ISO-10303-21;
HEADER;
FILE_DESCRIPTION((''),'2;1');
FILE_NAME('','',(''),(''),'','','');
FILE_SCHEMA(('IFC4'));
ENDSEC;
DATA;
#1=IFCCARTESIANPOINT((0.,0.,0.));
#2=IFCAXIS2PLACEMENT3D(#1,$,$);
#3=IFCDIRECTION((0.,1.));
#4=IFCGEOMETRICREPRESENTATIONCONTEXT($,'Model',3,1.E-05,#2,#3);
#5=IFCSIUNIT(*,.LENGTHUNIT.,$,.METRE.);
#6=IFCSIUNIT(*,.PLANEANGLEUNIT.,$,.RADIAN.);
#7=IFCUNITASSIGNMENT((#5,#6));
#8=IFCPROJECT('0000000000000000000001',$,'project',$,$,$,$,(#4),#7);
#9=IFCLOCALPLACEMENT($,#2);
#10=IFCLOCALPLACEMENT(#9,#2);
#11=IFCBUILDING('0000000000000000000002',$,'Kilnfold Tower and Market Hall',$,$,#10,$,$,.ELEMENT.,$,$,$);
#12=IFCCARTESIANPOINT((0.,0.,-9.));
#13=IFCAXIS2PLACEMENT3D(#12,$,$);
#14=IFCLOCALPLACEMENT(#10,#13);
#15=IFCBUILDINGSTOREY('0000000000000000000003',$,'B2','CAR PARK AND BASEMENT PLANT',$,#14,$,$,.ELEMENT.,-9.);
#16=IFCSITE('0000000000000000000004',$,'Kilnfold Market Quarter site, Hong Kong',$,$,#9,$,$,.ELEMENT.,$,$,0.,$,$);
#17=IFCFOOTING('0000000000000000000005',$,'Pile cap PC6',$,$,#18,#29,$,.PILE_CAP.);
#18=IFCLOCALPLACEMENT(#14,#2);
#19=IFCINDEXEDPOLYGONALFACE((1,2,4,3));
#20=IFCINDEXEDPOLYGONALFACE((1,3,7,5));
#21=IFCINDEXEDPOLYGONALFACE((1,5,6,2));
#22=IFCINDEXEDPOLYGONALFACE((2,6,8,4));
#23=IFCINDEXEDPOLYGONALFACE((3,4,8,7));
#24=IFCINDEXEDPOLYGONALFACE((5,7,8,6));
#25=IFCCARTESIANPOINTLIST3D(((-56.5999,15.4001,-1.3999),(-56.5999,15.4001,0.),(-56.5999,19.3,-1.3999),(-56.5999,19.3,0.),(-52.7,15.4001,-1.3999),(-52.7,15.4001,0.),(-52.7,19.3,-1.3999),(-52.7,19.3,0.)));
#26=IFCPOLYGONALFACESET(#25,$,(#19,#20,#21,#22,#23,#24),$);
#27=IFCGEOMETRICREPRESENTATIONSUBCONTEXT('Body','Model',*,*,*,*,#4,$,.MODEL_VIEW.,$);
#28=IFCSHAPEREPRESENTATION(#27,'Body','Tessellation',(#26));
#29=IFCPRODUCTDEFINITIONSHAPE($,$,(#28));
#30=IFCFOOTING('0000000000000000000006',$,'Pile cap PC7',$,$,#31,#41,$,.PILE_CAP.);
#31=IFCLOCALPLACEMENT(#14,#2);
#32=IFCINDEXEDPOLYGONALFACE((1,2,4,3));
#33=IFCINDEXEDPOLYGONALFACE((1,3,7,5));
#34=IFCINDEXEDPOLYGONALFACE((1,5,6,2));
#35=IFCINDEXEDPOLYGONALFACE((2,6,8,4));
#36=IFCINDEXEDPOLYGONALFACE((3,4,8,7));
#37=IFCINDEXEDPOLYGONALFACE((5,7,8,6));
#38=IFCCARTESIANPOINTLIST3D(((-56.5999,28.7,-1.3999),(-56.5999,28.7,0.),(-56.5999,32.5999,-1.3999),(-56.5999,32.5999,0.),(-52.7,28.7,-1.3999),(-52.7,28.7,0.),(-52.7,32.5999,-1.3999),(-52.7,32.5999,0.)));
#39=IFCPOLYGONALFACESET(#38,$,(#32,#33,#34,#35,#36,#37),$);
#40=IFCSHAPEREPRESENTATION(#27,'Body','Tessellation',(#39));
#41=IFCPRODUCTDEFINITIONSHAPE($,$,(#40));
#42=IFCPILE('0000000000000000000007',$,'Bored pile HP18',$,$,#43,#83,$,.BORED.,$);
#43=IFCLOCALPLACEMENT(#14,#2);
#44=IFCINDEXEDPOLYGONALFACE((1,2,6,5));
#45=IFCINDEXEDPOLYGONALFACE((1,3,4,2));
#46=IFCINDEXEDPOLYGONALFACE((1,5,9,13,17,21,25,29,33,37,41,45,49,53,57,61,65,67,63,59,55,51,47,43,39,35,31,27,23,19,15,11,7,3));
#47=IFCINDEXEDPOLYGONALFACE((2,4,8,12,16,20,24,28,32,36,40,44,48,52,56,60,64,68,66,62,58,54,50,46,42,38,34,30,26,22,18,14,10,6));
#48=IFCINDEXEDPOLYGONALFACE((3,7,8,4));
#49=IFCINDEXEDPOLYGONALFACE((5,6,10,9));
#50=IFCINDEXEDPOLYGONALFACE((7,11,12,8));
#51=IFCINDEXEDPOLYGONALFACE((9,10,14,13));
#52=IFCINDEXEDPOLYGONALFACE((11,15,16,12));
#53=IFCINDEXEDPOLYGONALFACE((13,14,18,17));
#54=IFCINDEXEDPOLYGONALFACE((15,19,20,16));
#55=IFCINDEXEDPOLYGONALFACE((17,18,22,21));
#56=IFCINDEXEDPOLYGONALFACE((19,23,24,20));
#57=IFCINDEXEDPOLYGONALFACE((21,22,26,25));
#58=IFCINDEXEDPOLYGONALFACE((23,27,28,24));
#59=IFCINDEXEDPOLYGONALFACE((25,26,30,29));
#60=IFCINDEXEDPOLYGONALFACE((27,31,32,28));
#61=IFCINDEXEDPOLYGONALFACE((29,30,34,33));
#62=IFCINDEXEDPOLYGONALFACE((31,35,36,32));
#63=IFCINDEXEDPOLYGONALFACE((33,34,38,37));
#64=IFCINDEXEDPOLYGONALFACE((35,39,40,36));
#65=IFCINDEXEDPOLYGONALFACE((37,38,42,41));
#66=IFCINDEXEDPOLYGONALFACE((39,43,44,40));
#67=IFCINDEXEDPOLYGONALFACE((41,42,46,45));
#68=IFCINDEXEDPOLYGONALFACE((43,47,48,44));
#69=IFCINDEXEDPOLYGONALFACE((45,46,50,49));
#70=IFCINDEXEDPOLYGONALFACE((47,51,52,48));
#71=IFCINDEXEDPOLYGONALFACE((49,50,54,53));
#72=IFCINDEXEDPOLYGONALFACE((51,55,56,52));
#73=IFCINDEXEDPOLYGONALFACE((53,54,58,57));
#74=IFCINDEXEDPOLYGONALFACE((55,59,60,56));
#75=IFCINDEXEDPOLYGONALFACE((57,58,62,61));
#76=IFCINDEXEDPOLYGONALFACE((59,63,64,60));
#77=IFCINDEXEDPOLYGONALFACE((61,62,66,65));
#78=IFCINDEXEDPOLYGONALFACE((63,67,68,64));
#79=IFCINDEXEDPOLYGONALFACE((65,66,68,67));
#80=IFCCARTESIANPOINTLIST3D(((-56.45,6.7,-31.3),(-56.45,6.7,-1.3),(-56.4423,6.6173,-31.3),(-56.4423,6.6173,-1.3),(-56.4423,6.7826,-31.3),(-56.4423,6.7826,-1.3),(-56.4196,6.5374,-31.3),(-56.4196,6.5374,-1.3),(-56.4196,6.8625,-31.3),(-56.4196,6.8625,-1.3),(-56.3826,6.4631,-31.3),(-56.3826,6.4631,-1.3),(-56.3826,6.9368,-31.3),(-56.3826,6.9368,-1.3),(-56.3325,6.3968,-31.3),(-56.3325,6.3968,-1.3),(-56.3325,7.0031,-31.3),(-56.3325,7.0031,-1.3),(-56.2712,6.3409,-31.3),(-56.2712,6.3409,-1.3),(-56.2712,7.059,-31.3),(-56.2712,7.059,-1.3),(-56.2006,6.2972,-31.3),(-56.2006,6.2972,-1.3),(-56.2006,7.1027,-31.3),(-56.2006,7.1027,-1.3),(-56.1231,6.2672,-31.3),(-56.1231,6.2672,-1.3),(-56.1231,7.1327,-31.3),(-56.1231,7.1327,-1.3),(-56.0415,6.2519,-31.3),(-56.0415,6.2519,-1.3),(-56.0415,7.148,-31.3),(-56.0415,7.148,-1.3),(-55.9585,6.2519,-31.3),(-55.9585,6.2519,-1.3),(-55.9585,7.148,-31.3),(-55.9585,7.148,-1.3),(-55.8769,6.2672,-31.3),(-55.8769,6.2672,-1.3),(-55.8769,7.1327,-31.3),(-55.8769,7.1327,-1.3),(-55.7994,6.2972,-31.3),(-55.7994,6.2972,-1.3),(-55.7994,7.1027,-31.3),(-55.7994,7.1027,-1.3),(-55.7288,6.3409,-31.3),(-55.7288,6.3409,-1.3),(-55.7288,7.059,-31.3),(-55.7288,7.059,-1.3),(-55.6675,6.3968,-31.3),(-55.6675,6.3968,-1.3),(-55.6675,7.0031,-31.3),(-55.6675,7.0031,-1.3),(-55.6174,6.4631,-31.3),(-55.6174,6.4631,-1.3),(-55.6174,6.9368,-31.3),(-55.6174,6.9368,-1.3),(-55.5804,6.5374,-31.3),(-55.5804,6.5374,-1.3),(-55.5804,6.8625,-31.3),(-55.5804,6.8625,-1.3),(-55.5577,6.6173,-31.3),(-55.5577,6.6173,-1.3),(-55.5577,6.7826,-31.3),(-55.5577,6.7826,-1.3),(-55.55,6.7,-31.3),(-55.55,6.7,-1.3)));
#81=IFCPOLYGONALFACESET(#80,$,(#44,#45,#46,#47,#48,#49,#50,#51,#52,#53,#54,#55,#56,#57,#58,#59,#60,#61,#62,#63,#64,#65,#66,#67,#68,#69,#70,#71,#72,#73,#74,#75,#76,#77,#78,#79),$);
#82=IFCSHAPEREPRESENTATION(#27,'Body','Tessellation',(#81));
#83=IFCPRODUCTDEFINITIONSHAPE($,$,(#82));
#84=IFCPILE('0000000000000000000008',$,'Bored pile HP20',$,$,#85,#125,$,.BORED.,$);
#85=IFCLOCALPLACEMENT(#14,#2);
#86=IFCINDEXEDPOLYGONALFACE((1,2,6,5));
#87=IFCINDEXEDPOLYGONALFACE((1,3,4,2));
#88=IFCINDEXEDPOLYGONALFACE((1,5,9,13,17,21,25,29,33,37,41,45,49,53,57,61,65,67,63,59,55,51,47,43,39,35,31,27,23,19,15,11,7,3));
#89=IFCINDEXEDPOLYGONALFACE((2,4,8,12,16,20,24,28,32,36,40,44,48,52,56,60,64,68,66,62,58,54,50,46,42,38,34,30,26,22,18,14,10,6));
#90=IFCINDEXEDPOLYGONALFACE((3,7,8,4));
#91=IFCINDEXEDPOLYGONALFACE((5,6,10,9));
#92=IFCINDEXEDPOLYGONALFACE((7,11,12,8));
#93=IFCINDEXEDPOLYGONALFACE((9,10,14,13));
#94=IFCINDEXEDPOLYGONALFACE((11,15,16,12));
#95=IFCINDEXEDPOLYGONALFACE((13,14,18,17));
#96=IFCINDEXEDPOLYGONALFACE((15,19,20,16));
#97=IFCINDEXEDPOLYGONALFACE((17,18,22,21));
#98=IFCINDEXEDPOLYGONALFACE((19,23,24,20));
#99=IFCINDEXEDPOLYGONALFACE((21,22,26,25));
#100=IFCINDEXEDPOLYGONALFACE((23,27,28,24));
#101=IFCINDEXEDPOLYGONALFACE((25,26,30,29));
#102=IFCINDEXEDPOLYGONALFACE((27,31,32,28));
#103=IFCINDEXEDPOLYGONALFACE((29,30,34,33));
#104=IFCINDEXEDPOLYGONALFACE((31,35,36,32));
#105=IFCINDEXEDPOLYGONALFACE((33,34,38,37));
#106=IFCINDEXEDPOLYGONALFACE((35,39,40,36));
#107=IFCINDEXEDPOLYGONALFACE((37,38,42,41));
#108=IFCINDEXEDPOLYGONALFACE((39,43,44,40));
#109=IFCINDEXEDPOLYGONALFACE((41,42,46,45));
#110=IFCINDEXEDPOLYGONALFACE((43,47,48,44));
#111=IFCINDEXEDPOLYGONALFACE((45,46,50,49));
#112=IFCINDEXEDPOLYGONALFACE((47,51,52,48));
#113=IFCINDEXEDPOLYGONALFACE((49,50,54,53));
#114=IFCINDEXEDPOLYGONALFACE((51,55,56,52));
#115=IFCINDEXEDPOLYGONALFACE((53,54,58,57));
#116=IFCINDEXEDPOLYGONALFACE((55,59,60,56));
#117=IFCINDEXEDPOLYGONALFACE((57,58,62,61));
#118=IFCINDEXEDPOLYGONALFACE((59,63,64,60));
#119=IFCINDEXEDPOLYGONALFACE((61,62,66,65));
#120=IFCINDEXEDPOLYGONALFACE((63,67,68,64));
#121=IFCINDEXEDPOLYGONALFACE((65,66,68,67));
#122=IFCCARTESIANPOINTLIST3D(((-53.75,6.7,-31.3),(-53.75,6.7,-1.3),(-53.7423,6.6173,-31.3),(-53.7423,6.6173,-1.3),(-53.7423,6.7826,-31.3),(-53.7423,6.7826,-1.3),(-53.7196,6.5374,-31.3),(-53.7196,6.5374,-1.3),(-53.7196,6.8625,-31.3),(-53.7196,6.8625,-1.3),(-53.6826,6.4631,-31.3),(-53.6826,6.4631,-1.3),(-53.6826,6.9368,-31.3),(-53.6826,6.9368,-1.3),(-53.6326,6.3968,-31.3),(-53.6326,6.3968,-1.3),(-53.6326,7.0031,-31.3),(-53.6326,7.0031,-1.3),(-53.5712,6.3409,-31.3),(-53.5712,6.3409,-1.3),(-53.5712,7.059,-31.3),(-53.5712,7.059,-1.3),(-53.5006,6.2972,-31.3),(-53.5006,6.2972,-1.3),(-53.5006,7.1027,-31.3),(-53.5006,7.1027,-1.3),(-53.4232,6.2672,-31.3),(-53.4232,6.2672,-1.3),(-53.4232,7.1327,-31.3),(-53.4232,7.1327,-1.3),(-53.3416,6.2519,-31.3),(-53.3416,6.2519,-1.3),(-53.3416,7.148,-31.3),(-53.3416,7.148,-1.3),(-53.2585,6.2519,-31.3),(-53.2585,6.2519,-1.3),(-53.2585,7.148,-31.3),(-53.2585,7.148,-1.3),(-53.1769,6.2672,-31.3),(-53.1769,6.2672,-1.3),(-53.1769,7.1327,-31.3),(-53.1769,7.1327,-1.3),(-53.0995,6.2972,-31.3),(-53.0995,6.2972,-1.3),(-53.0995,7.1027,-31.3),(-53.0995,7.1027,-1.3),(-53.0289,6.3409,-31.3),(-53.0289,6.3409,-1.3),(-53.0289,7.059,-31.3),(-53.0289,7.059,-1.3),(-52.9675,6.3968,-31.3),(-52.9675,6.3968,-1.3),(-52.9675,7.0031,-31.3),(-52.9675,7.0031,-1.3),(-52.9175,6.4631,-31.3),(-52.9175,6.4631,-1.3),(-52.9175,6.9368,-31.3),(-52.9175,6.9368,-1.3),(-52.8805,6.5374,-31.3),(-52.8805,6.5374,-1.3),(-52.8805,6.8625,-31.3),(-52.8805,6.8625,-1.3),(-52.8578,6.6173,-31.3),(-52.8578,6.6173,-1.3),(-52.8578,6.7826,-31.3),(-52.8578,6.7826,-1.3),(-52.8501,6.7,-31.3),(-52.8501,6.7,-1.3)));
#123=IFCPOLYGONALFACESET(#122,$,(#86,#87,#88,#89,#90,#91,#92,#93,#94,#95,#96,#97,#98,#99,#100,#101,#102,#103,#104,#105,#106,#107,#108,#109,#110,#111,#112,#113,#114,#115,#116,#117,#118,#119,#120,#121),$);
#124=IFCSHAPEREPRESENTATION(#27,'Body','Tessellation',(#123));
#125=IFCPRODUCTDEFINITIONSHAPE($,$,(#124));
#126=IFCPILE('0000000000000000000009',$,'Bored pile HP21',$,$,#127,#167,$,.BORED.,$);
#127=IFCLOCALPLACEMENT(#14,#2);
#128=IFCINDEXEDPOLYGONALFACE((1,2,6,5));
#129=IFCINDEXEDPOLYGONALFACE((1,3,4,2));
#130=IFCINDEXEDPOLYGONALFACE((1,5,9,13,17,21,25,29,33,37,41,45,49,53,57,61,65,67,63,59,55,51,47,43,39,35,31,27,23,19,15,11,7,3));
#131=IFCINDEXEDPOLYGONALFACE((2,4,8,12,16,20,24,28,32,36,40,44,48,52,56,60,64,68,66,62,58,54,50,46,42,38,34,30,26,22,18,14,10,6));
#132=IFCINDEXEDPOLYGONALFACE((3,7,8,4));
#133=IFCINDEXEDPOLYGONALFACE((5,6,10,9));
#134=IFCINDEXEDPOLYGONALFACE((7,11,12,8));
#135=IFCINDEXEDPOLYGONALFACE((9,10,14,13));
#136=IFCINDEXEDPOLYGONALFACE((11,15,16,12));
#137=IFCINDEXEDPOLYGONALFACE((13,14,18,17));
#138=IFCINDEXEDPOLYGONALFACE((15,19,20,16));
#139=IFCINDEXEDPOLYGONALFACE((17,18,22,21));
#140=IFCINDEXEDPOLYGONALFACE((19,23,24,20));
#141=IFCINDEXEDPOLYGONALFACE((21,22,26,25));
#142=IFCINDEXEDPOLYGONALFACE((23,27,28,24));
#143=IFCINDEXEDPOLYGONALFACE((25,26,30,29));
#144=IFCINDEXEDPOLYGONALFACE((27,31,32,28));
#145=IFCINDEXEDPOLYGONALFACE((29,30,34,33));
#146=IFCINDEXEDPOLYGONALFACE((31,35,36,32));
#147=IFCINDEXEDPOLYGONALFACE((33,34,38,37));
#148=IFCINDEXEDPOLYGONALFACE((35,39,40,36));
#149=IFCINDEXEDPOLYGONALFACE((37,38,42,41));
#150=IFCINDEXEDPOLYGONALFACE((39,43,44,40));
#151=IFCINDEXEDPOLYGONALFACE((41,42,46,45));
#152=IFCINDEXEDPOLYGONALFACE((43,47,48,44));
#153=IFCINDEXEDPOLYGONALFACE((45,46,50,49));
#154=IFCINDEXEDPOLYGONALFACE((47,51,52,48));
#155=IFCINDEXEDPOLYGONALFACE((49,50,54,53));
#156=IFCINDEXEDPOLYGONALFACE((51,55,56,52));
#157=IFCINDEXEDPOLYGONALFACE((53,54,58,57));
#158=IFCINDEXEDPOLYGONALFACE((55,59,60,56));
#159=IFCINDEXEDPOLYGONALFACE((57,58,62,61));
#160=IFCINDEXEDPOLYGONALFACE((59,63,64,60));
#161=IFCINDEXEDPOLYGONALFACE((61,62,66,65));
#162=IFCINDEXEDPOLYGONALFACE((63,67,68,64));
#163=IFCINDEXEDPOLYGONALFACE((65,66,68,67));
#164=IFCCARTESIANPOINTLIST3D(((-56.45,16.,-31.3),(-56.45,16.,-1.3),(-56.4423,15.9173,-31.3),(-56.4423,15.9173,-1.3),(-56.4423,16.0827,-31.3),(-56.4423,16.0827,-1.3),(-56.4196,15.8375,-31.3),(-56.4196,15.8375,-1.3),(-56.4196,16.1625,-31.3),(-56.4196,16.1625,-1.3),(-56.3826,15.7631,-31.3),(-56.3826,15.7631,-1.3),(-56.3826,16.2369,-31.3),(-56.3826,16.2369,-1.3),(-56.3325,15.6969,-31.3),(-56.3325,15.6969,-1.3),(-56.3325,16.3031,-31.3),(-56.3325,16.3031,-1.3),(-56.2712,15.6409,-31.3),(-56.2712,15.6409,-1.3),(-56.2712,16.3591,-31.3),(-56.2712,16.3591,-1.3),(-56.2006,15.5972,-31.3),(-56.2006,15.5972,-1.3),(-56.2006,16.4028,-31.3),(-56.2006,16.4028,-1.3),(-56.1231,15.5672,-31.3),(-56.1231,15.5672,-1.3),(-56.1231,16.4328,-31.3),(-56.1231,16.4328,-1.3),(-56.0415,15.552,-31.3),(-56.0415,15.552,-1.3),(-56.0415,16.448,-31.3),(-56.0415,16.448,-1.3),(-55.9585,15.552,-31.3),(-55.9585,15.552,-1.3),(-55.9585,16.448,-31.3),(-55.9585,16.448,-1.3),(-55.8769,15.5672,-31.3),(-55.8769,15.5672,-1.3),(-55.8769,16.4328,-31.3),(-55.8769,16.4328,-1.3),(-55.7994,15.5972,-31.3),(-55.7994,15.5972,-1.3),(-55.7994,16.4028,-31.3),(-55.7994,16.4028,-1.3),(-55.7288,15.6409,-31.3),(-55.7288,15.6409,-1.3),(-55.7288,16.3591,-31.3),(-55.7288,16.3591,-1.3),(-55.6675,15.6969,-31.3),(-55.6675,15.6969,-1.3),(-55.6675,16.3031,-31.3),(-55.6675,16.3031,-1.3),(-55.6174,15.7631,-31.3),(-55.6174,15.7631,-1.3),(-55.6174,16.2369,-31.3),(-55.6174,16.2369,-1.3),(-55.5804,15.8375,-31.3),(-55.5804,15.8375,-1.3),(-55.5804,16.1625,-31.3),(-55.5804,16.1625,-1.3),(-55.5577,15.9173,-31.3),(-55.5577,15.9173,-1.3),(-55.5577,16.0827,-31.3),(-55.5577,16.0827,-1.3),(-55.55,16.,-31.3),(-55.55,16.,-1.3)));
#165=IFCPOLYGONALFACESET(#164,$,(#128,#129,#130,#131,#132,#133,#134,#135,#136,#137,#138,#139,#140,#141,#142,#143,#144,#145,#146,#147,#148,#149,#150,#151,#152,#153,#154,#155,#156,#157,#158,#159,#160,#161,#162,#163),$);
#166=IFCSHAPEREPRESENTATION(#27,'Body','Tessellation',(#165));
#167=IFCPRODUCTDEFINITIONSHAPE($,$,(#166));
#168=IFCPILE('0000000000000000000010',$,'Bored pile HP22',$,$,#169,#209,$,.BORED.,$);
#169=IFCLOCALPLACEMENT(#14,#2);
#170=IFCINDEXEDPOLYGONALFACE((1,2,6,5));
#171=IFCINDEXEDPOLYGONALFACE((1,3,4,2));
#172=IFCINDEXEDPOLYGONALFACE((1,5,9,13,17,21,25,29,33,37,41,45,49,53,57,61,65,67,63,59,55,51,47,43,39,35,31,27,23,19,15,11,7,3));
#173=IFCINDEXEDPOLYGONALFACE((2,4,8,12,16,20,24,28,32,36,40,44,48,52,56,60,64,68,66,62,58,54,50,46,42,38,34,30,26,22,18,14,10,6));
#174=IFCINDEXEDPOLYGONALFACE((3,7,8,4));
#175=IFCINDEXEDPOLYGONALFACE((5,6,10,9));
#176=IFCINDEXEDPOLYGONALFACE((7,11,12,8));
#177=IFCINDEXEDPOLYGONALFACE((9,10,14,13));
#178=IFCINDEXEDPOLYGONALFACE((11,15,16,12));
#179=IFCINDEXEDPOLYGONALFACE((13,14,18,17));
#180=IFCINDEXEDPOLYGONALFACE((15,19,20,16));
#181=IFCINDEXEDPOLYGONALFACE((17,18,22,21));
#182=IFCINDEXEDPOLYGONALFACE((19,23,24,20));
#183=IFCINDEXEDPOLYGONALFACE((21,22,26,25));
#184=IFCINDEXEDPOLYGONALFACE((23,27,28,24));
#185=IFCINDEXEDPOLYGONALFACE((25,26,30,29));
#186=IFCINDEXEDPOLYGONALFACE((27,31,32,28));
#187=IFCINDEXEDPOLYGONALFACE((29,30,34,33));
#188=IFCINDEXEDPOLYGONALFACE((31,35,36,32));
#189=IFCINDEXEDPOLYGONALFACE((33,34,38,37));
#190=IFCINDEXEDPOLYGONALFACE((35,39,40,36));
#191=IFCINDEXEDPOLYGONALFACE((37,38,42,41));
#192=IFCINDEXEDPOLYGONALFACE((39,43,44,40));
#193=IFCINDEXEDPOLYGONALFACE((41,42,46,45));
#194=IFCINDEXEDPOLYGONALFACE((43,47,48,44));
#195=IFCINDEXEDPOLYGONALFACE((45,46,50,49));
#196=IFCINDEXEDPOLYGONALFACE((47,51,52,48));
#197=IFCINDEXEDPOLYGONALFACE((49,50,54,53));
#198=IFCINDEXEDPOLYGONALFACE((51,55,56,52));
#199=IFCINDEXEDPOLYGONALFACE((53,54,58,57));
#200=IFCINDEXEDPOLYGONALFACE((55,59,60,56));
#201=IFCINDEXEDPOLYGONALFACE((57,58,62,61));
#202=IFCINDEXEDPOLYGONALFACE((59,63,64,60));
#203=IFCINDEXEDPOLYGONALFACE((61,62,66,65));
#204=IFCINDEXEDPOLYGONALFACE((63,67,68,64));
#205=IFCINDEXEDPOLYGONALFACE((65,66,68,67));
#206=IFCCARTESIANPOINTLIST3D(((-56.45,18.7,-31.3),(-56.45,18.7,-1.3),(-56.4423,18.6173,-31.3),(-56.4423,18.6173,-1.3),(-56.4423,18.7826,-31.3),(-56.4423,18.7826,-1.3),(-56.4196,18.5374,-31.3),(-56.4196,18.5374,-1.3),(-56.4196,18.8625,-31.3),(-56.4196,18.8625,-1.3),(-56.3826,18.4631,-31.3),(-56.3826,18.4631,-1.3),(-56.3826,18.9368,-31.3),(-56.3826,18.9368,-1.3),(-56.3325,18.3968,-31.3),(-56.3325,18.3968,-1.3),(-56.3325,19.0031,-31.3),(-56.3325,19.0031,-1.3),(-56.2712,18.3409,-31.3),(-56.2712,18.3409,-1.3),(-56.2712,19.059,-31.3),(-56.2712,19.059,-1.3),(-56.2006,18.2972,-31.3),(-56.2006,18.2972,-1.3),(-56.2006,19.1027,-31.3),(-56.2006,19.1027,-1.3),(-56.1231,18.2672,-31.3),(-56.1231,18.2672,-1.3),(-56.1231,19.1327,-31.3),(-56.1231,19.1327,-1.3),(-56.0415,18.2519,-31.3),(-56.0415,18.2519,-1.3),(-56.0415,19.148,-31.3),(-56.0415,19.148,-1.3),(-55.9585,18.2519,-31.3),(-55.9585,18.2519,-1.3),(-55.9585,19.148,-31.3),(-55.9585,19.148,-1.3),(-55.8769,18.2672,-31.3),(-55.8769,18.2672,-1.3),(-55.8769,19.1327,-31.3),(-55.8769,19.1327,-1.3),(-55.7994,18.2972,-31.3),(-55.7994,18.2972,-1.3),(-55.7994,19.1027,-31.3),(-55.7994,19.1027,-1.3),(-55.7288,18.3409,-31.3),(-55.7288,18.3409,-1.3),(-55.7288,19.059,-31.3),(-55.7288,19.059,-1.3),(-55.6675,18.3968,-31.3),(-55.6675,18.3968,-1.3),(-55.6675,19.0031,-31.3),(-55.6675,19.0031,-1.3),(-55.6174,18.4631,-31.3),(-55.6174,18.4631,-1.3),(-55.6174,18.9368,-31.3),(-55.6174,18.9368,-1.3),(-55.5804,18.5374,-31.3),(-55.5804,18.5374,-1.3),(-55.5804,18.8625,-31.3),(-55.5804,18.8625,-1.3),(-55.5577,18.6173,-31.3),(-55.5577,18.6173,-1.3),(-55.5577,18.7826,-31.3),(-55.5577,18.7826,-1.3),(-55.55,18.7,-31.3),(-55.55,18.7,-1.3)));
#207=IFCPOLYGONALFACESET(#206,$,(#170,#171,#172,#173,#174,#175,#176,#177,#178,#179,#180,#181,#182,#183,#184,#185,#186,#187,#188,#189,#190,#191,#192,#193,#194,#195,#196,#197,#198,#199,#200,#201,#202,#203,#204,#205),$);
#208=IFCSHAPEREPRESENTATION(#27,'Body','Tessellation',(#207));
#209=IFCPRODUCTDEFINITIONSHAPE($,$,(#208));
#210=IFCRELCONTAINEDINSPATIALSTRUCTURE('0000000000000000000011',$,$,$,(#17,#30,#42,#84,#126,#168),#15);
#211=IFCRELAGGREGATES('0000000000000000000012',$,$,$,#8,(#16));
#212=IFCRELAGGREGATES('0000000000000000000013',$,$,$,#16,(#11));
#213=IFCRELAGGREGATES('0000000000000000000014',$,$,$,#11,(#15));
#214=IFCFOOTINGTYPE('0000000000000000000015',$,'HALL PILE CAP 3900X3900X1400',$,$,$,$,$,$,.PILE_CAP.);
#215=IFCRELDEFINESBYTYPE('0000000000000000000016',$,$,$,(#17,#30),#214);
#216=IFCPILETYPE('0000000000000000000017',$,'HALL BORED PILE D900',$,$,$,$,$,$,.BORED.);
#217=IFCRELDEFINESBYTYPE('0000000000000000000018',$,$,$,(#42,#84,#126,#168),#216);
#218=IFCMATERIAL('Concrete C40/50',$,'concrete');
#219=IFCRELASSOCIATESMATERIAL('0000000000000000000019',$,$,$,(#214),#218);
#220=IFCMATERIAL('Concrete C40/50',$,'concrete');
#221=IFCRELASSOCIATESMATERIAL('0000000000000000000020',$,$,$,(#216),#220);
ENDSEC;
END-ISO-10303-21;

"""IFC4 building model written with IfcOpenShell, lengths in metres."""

from ifc_helpers import new_model, si_unit, direction, frame, origin, origin_2d, place, context, subcontext, project, spatial, rectangle, circle, extrude, source, transform, mapped, material, material_profile, profile_set, type_object, element, save


model = new_model("IFC4")

# Units and contexts
model_context = context("Model", 3, precision=1e-05, world=origin(), true_north=direction((0.0, 1.0)))
body_context = subcontext(model_context, "Body", "Model", "MODEL_VIEW")
ifc_project = project(units=[si_unit("LENGTHUNIT", "METRE"), si_unit("PLANEANGLEUNIT", "RADIAN")], contexts=[model_context])

# Site, building, storey
site_placement = place(None, origin())
site = spatial("IfcSite", under=ifc_project, at=site_placement, Name="Kilnfold Market Quarter site, Hong Kong", CompositionType="ELEMENT", RefElevation=0.0)
building_placement = place(site_placement, origin())
building = spatial("IfcBuilding", under=site, at=building_placement, Name="Kilnfold Tower and Market Hall", CompositionType="ELEMENT")
storey_placement = place(building_placement, frame((0.0, 0.0, -9.0)))
storey = spatial("IfcBuildingStorey", under=building, at=storey_placement, Name="B2", Description="CAR PARK AND BASEMENT PLANT", CompositionType="ELEMENT", Elevation=-9.0)

# Footings
ifc_material_1 = material(Name="Concrete C40/50", Category="concrete")
footing_type = type_object("IfcFootingType", Name="HALL PILE CAP 3900X3900X1400", PredefinedType="PILE_CAP", material=ifc_material_1)
shared_shape_1 = source(origin(), body_context, "Body", "SweptSolid", [
    extrude(rectangle(XDim=3.8999, YDim=3.8999, at=origin_2d()), origin(), (0.0, 0.0, 1.0), 1.3999),
])
for number, where, z_axis, x_axis, name in (
    (1, (-54.6499, 17.3501, -1.3999), (0.0, 0.0, 1.0), (1.0, 0.0, 0.0), "Pile cap PC6"),
    (2, (-54.6499, 30.6499, -1.3999), (0.0, 0.0, 1.0), (1.0, 0.0, 0.0), "Pile cap PC7"),
):
    element("IfcFooting", number, at=place(storey_placement, frame(where, z_axis=z_axis, x_axis=x_axis)), inside=storey, type_object=footing_type, Name=name, PredefinedType="PILE_CAP", context=body_context, shape_type="MappedRepresentation", body=[
        mapped(shared_shape_1, transform((0.0, 0.0, 0.0))),
    ])

# Piles
ifc_material_2 = material(Name="Concrete C40/50", Category="concrete")
ifc_material_profile_1 = material_profile(ifc_material_2, circle(Radius=0.45, at=origin_2d()), Name="D900")
ifc_profile_set_1 = profile_set([ifc_material_profile_1], Name="Concrete C40/50")
pile_type = type_object("IfcPileType", Name="HALL BORED PILE D900", PredefinedType="BORED", material=ifc_profile_set_1)
shared_shape_2 = source(origin(), body_context, "Body", "SweptSolid", [
    extrude(circle(Radius=0.45, at=origin_2d()), origin(), (0.0, 0.0, 1.0), 30.0),
])
for number, where, z_axis, x_axis, name in (
    (3, (-56.0, 6.7, -1.3), (0.0, 0.0, -1.0), (1.0, 0.0, 0.0), "Bored pile HP18"),
    (4, (-53.3, 6.7, -1.3), (0.0, 0.0, -1.0), (1.0, 0.0, 0.0), "Bored pile HP20"),
    (5, (-56.0, 16.0, -1.3), (0.0, 0.0, -1.0), (1.0, 0.0, 0.0), "Bored pile HP21"),
    (6, (-56.0, 18.7, -1.3), (0.0, 0.0, -1.0), (1.0, 0.0, 0.0), "Bored pile HP22"),
):
    element("IfcPile", number, at=place(storey_placement, frame(where, z_axis=z_axis, x_axis=x_axis)), inside=storey, type_object=pile_type, Name=name, PredefinedType="BORED", context=body_context, shape_type="MappedRepresentation", body=[
        mapped(shared_shape_2, transform((0.0, 0.0, 0.0))),
    ])

save(model, "model.ifc")
